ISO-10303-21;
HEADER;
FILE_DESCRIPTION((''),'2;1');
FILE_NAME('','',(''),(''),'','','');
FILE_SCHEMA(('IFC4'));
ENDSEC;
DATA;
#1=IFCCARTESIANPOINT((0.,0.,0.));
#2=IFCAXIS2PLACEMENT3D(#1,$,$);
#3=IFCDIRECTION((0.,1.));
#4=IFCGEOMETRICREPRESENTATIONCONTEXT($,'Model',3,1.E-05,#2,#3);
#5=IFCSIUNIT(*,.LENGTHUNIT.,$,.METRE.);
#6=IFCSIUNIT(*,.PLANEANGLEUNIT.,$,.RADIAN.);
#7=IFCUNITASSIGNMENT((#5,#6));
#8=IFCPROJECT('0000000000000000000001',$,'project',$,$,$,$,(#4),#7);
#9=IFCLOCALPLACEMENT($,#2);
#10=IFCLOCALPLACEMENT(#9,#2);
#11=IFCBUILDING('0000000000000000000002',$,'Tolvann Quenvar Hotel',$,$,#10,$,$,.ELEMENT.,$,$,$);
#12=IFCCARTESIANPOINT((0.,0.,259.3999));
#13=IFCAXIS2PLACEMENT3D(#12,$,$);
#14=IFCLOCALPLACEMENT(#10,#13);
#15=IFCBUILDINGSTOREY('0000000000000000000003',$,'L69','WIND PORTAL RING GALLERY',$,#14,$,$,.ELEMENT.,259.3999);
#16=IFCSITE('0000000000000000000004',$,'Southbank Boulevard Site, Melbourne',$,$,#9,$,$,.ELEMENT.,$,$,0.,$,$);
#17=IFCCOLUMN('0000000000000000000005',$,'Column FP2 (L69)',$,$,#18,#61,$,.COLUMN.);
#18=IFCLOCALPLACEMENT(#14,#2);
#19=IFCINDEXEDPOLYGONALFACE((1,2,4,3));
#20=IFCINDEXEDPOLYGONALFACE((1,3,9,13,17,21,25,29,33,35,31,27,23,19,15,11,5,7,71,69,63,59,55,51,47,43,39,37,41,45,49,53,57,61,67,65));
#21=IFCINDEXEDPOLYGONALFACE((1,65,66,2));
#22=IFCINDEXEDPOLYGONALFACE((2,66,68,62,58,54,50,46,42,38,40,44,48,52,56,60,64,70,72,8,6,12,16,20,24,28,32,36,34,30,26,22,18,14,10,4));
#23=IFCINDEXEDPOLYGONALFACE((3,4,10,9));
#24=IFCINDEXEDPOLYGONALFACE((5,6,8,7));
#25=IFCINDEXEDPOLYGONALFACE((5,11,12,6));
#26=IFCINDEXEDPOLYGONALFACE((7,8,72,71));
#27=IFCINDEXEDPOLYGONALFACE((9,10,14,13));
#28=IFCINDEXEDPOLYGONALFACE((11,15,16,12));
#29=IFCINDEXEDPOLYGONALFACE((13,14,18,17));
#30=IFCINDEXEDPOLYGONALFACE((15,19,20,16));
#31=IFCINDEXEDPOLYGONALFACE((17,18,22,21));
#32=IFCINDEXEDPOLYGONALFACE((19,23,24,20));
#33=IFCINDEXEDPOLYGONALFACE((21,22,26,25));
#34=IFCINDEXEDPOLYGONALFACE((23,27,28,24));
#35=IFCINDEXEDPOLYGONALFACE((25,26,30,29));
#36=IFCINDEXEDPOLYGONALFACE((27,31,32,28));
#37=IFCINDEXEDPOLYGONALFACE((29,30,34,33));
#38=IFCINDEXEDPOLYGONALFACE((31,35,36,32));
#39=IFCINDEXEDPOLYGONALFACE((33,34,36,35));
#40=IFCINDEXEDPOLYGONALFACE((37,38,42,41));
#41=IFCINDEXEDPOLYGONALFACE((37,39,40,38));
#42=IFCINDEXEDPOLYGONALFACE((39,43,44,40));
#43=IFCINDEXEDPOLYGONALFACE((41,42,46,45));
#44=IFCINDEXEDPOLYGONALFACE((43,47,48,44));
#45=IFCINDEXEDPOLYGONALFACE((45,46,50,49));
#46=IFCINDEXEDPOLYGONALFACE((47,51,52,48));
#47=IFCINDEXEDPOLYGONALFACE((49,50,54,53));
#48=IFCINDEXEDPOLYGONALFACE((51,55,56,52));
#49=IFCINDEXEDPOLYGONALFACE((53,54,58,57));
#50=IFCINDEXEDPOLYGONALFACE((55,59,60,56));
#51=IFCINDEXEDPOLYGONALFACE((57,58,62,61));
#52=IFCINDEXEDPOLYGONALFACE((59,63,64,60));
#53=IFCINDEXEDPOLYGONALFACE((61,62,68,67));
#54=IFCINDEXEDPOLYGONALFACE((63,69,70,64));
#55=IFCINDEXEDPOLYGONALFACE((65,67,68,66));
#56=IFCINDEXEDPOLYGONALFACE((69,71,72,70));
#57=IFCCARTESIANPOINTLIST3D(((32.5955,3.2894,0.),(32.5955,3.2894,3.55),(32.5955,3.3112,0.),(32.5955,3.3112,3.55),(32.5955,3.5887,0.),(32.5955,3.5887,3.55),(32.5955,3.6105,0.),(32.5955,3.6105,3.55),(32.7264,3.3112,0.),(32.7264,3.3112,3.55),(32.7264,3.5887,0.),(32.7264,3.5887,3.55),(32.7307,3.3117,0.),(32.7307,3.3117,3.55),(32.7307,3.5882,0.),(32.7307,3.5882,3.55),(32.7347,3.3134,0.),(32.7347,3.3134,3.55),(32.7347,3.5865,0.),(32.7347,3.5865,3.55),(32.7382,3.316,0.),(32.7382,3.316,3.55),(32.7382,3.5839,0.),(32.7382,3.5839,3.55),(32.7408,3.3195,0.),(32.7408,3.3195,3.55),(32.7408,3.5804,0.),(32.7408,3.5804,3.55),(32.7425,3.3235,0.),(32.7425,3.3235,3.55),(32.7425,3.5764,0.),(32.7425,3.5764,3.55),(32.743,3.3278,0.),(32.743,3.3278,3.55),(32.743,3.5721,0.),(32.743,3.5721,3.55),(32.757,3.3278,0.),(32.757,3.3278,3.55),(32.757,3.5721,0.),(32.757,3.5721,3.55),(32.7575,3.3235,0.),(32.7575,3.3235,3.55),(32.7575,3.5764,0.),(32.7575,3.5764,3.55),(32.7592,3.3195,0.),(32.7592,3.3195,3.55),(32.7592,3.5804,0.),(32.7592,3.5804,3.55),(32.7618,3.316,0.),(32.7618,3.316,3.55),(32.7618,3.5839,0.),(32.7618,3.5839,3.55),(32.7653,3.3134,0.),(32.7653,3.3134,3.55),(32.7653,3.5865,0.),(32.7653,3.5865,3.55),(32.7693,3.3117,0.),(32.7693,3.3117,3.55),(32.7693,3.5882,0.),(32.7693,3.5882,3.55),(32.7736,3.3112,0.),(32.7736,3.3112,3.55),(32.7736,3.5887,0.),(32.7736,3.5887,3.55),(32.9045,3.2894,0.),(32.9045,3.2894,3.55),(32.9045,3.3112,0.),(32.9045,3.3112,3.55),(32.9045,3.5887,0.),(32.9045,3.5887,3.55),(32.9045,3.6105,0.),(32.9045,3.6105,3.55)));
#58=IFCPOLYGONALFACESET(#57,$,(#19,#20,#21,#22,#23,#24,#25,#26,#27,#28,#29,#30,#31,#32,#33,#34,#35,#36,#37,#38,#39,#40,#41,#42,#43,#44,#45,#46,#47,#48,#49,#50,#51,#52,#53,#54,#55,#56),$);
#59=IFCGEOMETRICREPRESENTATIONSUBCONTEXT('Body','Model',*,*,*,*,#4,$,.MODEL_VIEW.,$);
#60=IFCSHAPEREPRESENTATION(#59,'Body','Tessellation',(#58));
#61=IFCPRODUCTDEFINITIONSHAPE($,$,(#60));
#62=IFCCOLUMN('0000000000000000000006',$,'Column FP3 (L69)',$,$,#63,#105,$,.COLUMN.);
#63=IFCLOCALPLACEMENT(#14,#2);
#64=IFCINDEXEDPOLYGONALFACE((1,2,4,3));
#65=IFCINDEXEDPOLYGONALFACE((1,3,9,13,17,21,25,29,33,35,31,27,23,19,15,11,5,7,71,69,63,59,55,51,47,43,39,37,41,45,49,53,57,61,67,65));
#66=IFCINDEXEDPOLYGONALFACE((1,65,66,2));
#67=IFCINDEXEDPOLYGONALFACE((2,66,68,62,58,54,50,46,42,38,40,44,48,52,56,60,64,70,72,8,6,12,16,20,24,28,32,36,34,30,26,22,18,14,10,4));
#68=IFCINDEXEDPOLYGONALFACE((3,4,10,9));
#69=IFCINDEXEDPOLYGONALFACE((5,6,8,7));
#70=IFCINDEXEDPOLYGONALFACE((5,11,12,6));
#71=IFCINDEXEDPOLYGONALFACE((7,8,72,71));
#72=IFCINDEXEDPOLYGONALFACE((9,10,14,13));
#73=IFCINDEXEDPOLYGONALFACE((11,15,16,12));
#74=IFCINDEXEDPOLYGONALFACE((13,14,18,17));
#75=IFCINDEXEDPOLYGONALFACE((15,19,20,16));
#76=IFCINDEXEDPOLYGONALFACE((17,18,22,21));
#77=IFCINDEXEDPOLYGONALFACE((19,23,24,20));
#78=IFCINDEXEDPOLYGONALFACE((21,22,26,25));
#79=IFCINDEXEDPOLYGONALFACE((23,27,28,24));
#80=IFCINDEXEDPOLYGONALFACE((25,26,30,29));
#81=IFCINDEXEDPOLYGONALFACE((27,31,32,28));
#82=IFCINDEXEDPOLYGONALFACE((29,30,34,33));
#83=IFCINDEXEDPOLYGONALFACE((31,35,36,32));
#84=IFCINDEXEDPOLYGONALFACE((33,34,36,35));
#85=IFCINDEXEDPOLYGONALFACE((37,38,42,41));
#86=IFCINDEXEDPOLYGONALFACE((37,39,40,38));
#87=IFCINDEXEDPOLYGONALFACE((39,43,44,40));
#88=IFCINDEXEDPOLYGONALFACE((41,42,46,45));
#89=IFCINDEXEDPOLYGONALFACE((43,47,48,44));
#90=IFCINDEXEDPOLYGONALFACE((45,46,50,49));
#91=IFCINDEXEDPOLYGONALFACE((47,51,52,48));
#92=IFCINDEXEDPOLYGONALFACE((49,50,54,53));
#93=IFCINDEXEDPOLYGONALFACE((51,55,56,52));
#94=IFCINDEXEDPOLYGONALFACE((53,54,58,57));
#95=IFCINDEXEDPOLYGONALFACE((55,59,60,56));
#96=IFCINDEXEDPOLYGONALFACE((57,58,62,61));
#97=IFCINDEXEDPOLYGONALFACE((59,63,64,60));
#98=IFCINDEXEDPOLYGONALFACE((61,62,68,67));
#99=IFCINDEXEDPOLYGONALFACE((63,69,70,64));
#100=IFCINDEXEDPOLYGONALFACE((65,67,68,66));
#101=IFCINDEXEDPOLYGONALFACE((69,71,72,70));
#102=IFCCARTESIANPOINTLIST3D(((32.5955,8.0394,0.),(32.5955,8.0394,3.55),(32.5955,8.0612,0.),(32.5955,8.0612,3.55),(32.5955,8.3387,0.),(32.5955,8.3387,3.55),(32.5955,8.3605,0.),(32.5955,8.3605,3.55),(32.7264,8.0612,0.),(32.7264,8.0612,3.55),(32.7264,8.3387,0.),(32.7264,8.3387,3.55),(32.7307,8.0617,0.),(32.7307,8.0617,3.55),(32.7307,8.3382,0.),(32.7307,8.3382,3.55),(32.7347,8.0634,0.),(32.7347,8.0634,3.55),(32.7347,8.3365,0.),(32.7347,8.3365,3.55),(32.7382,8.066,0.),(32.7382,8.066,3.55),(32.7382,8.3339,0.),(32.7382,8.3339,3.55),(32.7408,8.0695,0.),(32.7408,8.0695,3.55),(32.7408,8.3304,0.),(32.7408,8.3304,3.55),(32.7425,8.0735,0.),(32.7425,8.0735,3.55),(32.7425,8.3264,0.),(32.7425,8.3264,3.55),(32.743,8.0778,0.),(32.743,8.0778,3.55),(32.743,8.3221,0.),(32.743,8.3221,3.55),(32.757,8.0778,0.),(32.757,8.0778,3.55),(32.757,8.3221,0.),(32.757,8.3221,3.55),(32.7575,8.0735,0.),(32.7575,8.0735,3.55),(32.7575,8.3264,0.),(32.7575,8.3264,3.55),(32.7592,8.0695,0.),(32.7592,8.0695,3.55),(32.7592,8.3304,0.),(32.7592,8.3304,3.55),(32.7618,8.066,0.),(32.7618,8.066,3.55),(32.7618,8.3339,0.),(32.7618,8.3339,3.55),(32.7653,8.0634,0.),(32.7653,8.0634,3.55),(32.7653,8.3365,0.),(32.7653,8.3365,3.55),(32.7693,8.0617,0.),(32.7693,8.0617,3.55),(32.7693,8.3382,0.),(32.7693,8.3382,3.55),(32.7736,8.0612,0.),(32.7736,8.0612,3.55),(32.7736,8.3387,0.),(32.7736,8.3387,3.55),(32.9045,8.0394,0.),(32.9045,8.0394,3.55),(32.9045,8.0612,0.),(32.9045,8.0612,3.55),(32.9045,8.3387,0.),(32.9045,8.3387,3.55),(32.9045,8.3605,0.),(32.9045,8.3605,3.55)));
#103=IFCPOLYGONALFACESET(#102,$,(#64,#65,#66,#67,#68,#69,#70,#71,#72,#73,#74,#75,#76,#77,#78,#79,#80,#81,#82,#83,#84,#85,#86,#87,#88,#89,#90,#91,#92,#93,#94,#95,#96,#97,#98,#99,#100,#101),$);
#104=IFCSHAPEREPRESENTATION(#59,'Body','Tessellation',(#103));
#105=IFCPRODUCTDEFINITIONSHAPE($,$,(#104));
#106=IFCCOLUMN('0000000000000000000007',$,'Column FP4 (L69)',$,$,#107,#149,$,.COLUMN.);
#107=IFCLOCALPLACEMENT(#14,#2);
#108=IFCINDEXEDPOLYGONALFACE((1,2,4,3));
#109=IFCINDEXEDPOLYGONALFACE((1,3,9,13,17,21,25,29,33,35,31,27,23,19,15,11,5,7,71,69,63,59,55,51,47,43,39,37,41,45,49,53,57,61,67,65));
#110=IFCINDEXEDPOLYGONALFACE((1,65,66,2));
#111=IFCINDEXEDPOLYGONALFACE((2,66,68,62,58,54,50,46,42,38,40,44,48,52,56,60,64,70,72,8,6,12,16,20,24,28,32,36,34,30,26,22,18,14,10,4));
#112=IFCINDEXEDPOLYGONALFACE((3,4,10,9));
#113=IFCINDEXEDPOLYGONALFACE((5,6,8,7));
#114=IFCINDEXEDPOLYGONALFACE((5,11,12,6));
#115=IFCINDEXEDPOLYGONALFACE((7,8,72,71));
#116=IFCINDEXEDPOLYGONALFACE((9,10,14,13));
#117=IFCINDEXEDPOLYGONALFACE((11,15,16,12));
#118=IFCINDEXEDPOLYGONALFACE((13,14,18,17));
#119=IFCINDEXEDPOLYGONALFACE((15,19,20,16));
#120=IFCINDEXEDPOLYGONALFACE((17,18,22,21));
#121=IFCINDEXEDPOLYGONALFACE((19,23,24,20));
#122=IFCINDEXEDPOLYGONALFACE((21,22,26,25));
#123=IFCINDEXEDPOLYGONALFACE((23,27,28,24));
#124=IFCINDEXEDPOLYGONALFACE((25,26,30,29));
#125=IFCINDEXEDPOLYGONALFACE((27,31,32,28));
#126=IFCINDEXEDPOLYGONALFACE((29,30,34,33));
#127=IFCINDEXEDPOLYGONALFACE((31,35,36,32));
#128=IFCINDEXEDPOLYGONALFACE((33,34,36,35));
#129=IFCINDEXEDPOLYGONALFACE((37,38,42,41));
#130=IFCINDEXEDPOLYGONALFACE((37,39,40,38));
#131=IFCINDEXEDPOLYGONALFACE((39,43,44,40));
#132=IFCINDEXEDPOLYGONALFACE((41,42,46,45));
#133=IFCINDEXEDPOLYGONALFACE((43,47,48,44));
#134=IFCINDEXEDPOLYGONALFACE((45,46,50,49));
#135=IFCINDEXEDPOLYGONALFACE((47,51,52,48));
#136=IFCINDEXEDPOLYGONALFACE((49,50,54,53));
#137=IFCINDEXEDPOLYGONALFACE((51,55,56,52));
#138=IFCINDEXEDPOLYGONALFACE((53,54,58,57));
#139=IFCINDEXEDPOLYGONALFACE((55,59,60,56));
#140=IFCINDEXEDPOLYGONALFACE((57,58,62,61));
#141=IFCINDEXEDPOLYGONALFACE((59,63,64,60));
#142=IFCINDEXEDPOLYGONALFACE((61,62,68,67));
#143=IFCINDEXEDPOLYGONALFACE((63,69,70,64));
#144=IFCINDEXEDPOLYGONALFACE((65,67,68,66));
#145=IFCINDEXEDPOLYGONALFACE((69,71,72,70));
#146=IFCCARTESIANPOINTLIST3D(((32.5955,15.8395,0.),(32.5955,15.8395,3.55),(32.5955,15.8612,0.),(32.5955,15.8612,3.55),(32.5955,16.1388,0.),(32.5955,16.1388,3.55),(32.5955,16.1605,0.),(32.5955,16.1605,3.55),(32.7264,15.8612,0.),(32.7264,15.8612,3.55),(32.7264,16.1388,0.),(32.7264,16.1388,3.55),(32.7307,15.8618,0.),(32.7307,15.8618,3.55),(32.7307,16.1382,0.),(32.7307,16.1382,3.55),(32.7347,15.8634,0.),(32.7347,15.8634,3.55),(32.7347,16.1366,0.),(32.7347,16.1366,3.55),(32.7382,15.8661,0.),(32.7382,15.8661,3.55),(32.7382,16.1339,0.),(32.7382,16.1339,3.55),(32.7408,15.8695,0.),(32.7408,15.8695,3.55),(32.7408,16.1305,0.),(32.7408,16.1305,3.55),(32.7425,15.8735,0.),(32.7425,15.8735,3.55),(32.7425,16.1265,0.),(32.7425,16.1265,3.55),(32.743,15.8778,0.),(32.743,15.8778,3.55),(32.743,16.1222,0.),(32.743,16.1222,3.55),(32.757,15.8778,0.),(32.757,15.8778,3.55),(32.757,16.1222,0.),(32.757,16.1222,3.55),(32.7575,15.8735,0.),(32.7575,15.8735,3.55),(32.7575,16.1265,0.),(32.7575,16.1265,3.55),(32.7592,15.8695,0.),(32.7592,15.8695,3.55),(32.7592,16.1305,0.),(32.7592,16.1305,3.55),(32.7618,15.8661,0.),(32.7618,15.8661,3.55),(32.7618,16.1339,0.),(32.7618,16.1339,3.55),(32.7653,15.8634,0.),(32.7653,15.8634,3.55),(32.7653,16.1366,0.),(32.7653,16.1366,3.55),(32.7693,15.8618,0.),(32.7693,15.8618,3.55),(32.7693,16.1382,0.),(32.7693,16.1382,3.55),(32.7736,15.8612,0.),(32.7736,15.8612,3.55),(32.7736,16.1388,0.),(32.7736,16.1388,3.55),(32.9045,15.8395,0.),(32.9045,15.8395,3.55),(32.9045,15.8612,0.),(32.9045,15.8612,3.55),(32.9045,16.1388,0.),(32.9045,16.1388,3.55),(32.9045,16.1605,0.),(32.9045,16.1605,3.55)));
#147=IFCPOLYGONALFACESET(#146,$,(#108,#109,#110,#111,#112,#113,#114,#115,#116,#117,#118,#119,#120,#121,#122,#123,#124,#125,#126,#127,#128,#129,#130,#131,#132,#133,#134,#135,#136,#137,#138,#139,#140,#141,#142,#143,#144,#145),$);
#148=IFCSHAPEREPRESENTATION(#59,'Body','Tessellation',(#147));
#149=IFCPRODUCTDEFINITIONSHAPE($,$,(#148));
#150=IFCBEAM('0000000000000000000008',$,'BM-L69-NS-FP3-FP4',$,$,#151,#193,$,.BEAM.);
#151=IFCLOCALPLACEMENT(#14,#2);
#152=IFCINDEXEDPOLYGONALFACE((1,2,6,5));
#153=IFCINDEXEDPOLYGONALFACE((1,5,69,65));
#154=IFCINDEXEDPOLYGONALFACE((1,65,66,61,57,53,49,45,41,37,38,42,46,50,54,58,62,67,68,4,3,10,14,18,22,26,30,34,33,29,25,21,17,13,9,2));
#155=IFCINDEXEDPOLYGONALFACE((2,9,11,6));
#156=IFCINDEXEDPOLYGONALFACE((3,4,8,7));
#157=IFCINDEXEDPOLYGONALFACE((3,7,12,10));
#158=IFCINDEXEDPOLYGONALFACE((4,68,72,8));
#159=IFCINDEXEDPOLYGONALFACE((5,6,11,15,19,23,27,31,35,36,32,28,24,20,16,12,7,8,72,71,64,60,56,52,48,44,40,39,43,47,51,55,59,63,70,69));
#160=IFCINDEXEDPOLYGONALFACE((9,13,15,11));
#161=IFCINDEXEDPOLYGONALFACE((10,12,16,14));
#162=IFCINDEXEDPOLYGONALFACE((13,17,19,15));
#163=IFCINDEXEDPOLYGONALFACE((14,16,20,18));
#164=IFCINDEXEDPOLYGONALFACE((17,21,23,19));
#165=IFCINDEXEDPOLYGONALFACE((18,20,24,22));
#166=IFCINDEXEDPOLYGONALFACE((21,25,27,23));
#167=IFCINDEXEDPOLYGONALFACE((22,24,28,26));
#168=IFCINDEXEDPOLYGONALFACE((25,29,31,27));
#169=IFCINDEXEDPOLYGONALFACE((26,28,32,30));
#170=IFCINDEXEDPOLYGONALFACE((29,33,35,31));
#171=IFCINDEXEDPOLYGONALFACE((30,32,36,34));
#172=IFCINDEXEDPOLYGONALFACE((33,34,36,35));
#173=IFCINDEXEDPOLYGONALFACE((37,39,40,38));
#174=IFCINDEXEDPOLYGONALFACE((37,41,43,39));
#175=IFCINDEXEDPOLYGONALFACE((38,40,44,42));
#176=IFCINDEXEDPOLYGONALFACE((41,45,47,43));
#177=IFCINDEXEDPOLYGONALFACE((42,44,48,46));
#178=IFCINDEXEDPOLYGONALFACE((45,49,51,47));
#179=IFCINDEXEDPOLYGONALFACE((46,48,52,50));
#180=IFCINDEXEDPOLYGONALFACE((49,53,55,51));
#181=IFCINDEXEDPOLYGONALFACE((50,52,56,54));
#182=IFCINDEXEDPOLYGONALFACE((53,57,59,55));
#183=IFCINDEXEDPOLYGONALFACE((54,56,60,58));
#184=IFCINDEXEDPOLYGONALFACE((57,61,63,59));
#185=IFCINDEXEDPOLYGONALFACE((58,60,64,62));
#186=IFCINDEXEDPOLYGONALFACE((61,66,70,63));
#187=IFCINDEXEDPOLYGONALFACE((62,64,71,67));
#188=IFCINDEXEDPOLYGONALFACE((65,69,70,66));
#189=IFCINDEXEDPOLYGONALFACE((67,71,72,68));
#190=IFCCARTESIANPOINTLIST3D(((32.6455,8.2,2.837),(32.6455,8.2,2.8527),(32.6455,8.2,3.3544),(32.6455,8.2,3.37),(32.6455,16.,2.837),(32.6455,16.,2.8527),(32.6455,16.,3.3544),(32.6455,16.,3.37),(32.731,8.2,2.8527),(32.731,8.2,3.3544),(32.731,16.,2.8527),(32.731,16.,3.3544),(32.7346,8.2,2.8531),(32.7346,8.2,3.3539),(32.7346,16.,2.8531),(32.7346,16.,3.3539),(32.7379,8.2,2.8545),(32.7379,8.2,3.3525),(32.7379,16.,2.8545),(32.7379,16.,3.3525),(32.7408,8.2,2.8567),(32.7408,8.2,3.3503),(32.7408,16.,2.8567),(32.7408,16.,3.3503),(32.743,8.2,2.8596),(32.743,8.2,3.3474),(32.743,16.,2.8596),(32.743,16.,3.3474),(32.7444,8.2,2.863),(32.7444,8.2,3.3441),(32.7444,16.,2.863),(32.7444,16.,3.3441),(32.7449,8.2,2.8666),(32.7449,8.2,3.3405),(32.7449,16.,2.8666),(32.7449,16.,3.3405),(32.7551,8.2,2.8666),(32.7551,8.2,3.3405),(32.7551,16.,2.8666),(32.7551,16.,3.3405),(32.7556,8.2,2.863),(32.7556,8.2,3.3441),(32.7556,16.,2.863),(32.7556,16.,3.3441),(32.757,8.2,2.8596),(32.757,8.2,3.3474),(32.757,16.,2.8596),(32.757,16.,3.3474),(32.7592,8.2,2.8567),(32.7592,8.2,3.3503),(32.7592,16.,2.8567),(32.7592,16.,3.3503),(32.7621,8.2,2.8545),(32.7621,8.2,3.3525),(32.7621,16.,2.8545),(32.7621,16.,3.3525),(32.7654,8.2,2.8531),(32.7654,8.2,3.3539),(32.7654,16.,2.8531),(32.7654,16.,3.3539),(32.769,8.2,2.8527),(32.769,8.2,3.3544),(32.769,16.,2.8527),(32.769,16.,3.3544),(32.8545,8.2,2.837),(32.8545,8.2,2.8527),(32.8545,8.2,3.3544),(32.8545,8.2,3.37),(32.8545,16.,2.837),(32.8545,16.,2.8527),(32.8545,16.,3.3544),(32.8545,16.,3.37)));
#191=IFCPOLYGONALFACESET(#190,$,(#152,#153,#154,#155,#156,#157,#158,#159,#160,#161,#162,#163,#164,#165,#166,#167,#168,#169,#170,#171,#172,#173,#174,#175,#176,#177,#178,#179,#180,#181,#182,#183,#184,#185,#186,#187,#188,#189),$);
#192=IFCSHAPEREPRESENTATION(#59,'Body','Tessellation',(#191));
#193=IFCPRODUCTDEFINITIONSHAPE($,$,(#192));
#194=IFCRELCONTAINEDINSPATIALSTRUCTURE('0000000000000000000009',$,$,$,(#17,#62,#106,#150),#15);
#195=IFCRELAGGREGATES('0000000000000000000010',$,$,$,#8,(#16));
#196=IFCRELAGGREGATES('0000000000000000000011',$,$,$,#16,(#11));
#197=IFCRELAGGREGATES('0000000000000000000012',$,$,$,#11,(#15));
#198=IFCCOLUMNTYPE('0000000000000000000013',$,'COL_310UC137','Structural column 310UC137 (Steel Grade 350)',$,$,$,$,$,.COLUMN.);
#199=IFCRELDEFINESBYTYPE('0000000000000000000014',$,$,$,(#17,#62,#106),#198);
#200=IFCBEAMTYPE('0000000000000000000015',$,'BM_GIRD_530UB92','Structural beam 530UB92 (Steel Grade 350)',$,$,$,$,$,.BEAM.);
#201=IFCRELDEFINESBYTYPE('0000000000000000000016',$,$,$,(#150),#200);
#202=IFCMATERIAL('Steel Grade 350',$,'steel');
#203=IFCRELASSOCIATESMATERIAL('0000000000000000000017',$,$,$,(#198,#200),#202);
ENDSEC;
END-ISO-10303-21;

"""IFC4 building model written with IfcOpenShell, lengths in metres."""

from ifc_helpers import new_model, si_unit, direction, frame, origin, origin_2d, place, context, subcontext, project, spatial, i_section, extrude, source, transform, mapped, material, material_profile, profile_set, type_object, type_shapes, element, save


model = new_model("IFC4")

# Units and contexts
model_context = context("Model", 3, precision=1e-05, world=origin(), true_north=direction((0.0, 1.0)))
body_context = subcontext(model_context, "Body", "Model", "MODEL_VIEW")
ifc_project = project(units=[si_unit("LENGTHUNIT", "METRE"), si_unit("PLANEANGLEUNIT", "RADIAN")], contexts=[model_context])

# Site, building, storey
site_placement = place(None, origin())
site = spatial("IfcSite", under=ifc_project, at=site_placement, Name="Southbank Boulevard Site, Melbourne", CompositionType="ELEMENT", RefElevation=0.0)
building_placement = place(site_placement, origin())
building = spatial("IfcBuilding", under=site, at=building_placement, Name="Tolvann Quenvar Hotel", CompositionType="ELEMENT")
storey_placement = place(building_placement, frame((0.0, 0.0, 259.3999)))
storey = spatial("IfcBuildingStorey", under=building, at=storey_placement, Name="L69", Description="WIND PORTAL RING GALLERY", CompositionType="ELEMENT", Elevation=259.3999)

# Columns
ifc_material_1 = material(Name="Steel Grade 350", Category="steel")
ifc_material_profile_1 = material_profile(ifc_material_1, i_section(OverallWidth=0.3091, OverallDepth=0.321, WebThickness=0.0139, FlangeThickness=0.0217, FilletRadius=0.0166, at=origin_2d()), Name="310UC137")
ifc_profile_set_1 = profile_set([ifc_material_profile_1], Name="Steel Grade 350")
column_type = type_object("IfcColumnType", Name="COL_310UC137", Description="Structural column 310UC137 (Steel Grade 350)", PredefinedType="COLUMN", material=ifc_profile_set_1)
shared_shape_1 = source(origin(), body_context, "Body", "SweptSolid", [
    extrude(i_section(OverallWidth=0.3091, OverallDepth=0.321, WebThickness=0.0139, FlangeThickness=0.0217, FilletRadius=0.0166, at=origin_2d()), origin(), (0.0, 0.0, 1.0), 3.55),
])
type_shapes(column_type, [shared_shape_1])
for number, where, z_axis, x_axis, name in (
    (1, (32.75, 3.45, 0.0), (0.0, 0.0, 1.0), (1.0, 0.0, 0.0), "Column FP2 (L69)"),
    (2, (32.75, 8.2, 0.0), (0.0, 0.0, 1.0), (1.0, 0.0, 0.0), "Column FP3 (L69)"),
    (3, (32.75, 16.0, 0.0), (0.0, 0.0, 1.0), (1.0, 0.0, 0.0), "Column FP4 (L69)"),
):
    element("IfcColumn", number, at=place(storey_placement, frame(where, z_axis=z_axis, x_axis=x_axis)), inside=storey, type_object=column_type, Name=name, PredefinedType="COLUMN", context=body_context, shape_type="MappedRepresentation", body=[
        mapped(shared_shape_1, transform((0.0, 0.0, 0.0), x_axis=(1.0, 0.0, 0.0), y_axis=(0.0, 1.0, 0.0), z_axis=(0.0, 0.0, 1.0), scale=1.0)),
    ])

# Beam
ifc_material_profile_2 = material_profile(ifc_material_1, i_section(OverallWidth=0.209, OverallDepth=0.533, WebThickness=0.0103, FlangeThickness=0.0156, FilletRadius=0.0139, at=origin_2d()), Name="530UB92")
ifc_profile_set_2 = profile_set([ifc_material_profile_2], Name="Steel Grade 350")
beam_type_1 = type_object("IfcBeamType", Name="BM_GIRD_530UB92", Description="Structural beam 530UB92 (Steel Grade 350)", PredefinedType="BEAM", material=ifc_profile_set_2)
shared_shape_2 = source(origin(), body_context, "Body", "SweptSolid", [
    extrude(i_section(OverallWidth=0.209, OverallDepth=0.533, WebThickness=0.0103, FlangeThickness=0.0156, FilletRadius=0.0139, at=origin_2d()), origin(), (0.0, 0.0, 1.0), 7.8),
])
beam_1_placement = place(storey_placement, frame((32.75, 8.2, 3.1035), z_axis=(0.0, 1.0, 0.0), x_axis=(-1.0, 0.0, 0.0)))
element("IfcBeam", 4, at=beam_1_placement, inside=storey, type_object=beam_type_1, Name="BM-L69-NS-FP3-FP4", PredefinedType="BEAM", context=body_context, shape_type="MappedRepresentation", body=[
    mapped(shared_shape_2, transform((0.0, 0.0, 0.0), x_axis=(1.0, 0.0, 0.0), y_axis=(0.0, 1.0, 0.0), z_axis=(0.0, 0.0, 1.0), scale=1.0)),
])

save(model, "model.ifc")
